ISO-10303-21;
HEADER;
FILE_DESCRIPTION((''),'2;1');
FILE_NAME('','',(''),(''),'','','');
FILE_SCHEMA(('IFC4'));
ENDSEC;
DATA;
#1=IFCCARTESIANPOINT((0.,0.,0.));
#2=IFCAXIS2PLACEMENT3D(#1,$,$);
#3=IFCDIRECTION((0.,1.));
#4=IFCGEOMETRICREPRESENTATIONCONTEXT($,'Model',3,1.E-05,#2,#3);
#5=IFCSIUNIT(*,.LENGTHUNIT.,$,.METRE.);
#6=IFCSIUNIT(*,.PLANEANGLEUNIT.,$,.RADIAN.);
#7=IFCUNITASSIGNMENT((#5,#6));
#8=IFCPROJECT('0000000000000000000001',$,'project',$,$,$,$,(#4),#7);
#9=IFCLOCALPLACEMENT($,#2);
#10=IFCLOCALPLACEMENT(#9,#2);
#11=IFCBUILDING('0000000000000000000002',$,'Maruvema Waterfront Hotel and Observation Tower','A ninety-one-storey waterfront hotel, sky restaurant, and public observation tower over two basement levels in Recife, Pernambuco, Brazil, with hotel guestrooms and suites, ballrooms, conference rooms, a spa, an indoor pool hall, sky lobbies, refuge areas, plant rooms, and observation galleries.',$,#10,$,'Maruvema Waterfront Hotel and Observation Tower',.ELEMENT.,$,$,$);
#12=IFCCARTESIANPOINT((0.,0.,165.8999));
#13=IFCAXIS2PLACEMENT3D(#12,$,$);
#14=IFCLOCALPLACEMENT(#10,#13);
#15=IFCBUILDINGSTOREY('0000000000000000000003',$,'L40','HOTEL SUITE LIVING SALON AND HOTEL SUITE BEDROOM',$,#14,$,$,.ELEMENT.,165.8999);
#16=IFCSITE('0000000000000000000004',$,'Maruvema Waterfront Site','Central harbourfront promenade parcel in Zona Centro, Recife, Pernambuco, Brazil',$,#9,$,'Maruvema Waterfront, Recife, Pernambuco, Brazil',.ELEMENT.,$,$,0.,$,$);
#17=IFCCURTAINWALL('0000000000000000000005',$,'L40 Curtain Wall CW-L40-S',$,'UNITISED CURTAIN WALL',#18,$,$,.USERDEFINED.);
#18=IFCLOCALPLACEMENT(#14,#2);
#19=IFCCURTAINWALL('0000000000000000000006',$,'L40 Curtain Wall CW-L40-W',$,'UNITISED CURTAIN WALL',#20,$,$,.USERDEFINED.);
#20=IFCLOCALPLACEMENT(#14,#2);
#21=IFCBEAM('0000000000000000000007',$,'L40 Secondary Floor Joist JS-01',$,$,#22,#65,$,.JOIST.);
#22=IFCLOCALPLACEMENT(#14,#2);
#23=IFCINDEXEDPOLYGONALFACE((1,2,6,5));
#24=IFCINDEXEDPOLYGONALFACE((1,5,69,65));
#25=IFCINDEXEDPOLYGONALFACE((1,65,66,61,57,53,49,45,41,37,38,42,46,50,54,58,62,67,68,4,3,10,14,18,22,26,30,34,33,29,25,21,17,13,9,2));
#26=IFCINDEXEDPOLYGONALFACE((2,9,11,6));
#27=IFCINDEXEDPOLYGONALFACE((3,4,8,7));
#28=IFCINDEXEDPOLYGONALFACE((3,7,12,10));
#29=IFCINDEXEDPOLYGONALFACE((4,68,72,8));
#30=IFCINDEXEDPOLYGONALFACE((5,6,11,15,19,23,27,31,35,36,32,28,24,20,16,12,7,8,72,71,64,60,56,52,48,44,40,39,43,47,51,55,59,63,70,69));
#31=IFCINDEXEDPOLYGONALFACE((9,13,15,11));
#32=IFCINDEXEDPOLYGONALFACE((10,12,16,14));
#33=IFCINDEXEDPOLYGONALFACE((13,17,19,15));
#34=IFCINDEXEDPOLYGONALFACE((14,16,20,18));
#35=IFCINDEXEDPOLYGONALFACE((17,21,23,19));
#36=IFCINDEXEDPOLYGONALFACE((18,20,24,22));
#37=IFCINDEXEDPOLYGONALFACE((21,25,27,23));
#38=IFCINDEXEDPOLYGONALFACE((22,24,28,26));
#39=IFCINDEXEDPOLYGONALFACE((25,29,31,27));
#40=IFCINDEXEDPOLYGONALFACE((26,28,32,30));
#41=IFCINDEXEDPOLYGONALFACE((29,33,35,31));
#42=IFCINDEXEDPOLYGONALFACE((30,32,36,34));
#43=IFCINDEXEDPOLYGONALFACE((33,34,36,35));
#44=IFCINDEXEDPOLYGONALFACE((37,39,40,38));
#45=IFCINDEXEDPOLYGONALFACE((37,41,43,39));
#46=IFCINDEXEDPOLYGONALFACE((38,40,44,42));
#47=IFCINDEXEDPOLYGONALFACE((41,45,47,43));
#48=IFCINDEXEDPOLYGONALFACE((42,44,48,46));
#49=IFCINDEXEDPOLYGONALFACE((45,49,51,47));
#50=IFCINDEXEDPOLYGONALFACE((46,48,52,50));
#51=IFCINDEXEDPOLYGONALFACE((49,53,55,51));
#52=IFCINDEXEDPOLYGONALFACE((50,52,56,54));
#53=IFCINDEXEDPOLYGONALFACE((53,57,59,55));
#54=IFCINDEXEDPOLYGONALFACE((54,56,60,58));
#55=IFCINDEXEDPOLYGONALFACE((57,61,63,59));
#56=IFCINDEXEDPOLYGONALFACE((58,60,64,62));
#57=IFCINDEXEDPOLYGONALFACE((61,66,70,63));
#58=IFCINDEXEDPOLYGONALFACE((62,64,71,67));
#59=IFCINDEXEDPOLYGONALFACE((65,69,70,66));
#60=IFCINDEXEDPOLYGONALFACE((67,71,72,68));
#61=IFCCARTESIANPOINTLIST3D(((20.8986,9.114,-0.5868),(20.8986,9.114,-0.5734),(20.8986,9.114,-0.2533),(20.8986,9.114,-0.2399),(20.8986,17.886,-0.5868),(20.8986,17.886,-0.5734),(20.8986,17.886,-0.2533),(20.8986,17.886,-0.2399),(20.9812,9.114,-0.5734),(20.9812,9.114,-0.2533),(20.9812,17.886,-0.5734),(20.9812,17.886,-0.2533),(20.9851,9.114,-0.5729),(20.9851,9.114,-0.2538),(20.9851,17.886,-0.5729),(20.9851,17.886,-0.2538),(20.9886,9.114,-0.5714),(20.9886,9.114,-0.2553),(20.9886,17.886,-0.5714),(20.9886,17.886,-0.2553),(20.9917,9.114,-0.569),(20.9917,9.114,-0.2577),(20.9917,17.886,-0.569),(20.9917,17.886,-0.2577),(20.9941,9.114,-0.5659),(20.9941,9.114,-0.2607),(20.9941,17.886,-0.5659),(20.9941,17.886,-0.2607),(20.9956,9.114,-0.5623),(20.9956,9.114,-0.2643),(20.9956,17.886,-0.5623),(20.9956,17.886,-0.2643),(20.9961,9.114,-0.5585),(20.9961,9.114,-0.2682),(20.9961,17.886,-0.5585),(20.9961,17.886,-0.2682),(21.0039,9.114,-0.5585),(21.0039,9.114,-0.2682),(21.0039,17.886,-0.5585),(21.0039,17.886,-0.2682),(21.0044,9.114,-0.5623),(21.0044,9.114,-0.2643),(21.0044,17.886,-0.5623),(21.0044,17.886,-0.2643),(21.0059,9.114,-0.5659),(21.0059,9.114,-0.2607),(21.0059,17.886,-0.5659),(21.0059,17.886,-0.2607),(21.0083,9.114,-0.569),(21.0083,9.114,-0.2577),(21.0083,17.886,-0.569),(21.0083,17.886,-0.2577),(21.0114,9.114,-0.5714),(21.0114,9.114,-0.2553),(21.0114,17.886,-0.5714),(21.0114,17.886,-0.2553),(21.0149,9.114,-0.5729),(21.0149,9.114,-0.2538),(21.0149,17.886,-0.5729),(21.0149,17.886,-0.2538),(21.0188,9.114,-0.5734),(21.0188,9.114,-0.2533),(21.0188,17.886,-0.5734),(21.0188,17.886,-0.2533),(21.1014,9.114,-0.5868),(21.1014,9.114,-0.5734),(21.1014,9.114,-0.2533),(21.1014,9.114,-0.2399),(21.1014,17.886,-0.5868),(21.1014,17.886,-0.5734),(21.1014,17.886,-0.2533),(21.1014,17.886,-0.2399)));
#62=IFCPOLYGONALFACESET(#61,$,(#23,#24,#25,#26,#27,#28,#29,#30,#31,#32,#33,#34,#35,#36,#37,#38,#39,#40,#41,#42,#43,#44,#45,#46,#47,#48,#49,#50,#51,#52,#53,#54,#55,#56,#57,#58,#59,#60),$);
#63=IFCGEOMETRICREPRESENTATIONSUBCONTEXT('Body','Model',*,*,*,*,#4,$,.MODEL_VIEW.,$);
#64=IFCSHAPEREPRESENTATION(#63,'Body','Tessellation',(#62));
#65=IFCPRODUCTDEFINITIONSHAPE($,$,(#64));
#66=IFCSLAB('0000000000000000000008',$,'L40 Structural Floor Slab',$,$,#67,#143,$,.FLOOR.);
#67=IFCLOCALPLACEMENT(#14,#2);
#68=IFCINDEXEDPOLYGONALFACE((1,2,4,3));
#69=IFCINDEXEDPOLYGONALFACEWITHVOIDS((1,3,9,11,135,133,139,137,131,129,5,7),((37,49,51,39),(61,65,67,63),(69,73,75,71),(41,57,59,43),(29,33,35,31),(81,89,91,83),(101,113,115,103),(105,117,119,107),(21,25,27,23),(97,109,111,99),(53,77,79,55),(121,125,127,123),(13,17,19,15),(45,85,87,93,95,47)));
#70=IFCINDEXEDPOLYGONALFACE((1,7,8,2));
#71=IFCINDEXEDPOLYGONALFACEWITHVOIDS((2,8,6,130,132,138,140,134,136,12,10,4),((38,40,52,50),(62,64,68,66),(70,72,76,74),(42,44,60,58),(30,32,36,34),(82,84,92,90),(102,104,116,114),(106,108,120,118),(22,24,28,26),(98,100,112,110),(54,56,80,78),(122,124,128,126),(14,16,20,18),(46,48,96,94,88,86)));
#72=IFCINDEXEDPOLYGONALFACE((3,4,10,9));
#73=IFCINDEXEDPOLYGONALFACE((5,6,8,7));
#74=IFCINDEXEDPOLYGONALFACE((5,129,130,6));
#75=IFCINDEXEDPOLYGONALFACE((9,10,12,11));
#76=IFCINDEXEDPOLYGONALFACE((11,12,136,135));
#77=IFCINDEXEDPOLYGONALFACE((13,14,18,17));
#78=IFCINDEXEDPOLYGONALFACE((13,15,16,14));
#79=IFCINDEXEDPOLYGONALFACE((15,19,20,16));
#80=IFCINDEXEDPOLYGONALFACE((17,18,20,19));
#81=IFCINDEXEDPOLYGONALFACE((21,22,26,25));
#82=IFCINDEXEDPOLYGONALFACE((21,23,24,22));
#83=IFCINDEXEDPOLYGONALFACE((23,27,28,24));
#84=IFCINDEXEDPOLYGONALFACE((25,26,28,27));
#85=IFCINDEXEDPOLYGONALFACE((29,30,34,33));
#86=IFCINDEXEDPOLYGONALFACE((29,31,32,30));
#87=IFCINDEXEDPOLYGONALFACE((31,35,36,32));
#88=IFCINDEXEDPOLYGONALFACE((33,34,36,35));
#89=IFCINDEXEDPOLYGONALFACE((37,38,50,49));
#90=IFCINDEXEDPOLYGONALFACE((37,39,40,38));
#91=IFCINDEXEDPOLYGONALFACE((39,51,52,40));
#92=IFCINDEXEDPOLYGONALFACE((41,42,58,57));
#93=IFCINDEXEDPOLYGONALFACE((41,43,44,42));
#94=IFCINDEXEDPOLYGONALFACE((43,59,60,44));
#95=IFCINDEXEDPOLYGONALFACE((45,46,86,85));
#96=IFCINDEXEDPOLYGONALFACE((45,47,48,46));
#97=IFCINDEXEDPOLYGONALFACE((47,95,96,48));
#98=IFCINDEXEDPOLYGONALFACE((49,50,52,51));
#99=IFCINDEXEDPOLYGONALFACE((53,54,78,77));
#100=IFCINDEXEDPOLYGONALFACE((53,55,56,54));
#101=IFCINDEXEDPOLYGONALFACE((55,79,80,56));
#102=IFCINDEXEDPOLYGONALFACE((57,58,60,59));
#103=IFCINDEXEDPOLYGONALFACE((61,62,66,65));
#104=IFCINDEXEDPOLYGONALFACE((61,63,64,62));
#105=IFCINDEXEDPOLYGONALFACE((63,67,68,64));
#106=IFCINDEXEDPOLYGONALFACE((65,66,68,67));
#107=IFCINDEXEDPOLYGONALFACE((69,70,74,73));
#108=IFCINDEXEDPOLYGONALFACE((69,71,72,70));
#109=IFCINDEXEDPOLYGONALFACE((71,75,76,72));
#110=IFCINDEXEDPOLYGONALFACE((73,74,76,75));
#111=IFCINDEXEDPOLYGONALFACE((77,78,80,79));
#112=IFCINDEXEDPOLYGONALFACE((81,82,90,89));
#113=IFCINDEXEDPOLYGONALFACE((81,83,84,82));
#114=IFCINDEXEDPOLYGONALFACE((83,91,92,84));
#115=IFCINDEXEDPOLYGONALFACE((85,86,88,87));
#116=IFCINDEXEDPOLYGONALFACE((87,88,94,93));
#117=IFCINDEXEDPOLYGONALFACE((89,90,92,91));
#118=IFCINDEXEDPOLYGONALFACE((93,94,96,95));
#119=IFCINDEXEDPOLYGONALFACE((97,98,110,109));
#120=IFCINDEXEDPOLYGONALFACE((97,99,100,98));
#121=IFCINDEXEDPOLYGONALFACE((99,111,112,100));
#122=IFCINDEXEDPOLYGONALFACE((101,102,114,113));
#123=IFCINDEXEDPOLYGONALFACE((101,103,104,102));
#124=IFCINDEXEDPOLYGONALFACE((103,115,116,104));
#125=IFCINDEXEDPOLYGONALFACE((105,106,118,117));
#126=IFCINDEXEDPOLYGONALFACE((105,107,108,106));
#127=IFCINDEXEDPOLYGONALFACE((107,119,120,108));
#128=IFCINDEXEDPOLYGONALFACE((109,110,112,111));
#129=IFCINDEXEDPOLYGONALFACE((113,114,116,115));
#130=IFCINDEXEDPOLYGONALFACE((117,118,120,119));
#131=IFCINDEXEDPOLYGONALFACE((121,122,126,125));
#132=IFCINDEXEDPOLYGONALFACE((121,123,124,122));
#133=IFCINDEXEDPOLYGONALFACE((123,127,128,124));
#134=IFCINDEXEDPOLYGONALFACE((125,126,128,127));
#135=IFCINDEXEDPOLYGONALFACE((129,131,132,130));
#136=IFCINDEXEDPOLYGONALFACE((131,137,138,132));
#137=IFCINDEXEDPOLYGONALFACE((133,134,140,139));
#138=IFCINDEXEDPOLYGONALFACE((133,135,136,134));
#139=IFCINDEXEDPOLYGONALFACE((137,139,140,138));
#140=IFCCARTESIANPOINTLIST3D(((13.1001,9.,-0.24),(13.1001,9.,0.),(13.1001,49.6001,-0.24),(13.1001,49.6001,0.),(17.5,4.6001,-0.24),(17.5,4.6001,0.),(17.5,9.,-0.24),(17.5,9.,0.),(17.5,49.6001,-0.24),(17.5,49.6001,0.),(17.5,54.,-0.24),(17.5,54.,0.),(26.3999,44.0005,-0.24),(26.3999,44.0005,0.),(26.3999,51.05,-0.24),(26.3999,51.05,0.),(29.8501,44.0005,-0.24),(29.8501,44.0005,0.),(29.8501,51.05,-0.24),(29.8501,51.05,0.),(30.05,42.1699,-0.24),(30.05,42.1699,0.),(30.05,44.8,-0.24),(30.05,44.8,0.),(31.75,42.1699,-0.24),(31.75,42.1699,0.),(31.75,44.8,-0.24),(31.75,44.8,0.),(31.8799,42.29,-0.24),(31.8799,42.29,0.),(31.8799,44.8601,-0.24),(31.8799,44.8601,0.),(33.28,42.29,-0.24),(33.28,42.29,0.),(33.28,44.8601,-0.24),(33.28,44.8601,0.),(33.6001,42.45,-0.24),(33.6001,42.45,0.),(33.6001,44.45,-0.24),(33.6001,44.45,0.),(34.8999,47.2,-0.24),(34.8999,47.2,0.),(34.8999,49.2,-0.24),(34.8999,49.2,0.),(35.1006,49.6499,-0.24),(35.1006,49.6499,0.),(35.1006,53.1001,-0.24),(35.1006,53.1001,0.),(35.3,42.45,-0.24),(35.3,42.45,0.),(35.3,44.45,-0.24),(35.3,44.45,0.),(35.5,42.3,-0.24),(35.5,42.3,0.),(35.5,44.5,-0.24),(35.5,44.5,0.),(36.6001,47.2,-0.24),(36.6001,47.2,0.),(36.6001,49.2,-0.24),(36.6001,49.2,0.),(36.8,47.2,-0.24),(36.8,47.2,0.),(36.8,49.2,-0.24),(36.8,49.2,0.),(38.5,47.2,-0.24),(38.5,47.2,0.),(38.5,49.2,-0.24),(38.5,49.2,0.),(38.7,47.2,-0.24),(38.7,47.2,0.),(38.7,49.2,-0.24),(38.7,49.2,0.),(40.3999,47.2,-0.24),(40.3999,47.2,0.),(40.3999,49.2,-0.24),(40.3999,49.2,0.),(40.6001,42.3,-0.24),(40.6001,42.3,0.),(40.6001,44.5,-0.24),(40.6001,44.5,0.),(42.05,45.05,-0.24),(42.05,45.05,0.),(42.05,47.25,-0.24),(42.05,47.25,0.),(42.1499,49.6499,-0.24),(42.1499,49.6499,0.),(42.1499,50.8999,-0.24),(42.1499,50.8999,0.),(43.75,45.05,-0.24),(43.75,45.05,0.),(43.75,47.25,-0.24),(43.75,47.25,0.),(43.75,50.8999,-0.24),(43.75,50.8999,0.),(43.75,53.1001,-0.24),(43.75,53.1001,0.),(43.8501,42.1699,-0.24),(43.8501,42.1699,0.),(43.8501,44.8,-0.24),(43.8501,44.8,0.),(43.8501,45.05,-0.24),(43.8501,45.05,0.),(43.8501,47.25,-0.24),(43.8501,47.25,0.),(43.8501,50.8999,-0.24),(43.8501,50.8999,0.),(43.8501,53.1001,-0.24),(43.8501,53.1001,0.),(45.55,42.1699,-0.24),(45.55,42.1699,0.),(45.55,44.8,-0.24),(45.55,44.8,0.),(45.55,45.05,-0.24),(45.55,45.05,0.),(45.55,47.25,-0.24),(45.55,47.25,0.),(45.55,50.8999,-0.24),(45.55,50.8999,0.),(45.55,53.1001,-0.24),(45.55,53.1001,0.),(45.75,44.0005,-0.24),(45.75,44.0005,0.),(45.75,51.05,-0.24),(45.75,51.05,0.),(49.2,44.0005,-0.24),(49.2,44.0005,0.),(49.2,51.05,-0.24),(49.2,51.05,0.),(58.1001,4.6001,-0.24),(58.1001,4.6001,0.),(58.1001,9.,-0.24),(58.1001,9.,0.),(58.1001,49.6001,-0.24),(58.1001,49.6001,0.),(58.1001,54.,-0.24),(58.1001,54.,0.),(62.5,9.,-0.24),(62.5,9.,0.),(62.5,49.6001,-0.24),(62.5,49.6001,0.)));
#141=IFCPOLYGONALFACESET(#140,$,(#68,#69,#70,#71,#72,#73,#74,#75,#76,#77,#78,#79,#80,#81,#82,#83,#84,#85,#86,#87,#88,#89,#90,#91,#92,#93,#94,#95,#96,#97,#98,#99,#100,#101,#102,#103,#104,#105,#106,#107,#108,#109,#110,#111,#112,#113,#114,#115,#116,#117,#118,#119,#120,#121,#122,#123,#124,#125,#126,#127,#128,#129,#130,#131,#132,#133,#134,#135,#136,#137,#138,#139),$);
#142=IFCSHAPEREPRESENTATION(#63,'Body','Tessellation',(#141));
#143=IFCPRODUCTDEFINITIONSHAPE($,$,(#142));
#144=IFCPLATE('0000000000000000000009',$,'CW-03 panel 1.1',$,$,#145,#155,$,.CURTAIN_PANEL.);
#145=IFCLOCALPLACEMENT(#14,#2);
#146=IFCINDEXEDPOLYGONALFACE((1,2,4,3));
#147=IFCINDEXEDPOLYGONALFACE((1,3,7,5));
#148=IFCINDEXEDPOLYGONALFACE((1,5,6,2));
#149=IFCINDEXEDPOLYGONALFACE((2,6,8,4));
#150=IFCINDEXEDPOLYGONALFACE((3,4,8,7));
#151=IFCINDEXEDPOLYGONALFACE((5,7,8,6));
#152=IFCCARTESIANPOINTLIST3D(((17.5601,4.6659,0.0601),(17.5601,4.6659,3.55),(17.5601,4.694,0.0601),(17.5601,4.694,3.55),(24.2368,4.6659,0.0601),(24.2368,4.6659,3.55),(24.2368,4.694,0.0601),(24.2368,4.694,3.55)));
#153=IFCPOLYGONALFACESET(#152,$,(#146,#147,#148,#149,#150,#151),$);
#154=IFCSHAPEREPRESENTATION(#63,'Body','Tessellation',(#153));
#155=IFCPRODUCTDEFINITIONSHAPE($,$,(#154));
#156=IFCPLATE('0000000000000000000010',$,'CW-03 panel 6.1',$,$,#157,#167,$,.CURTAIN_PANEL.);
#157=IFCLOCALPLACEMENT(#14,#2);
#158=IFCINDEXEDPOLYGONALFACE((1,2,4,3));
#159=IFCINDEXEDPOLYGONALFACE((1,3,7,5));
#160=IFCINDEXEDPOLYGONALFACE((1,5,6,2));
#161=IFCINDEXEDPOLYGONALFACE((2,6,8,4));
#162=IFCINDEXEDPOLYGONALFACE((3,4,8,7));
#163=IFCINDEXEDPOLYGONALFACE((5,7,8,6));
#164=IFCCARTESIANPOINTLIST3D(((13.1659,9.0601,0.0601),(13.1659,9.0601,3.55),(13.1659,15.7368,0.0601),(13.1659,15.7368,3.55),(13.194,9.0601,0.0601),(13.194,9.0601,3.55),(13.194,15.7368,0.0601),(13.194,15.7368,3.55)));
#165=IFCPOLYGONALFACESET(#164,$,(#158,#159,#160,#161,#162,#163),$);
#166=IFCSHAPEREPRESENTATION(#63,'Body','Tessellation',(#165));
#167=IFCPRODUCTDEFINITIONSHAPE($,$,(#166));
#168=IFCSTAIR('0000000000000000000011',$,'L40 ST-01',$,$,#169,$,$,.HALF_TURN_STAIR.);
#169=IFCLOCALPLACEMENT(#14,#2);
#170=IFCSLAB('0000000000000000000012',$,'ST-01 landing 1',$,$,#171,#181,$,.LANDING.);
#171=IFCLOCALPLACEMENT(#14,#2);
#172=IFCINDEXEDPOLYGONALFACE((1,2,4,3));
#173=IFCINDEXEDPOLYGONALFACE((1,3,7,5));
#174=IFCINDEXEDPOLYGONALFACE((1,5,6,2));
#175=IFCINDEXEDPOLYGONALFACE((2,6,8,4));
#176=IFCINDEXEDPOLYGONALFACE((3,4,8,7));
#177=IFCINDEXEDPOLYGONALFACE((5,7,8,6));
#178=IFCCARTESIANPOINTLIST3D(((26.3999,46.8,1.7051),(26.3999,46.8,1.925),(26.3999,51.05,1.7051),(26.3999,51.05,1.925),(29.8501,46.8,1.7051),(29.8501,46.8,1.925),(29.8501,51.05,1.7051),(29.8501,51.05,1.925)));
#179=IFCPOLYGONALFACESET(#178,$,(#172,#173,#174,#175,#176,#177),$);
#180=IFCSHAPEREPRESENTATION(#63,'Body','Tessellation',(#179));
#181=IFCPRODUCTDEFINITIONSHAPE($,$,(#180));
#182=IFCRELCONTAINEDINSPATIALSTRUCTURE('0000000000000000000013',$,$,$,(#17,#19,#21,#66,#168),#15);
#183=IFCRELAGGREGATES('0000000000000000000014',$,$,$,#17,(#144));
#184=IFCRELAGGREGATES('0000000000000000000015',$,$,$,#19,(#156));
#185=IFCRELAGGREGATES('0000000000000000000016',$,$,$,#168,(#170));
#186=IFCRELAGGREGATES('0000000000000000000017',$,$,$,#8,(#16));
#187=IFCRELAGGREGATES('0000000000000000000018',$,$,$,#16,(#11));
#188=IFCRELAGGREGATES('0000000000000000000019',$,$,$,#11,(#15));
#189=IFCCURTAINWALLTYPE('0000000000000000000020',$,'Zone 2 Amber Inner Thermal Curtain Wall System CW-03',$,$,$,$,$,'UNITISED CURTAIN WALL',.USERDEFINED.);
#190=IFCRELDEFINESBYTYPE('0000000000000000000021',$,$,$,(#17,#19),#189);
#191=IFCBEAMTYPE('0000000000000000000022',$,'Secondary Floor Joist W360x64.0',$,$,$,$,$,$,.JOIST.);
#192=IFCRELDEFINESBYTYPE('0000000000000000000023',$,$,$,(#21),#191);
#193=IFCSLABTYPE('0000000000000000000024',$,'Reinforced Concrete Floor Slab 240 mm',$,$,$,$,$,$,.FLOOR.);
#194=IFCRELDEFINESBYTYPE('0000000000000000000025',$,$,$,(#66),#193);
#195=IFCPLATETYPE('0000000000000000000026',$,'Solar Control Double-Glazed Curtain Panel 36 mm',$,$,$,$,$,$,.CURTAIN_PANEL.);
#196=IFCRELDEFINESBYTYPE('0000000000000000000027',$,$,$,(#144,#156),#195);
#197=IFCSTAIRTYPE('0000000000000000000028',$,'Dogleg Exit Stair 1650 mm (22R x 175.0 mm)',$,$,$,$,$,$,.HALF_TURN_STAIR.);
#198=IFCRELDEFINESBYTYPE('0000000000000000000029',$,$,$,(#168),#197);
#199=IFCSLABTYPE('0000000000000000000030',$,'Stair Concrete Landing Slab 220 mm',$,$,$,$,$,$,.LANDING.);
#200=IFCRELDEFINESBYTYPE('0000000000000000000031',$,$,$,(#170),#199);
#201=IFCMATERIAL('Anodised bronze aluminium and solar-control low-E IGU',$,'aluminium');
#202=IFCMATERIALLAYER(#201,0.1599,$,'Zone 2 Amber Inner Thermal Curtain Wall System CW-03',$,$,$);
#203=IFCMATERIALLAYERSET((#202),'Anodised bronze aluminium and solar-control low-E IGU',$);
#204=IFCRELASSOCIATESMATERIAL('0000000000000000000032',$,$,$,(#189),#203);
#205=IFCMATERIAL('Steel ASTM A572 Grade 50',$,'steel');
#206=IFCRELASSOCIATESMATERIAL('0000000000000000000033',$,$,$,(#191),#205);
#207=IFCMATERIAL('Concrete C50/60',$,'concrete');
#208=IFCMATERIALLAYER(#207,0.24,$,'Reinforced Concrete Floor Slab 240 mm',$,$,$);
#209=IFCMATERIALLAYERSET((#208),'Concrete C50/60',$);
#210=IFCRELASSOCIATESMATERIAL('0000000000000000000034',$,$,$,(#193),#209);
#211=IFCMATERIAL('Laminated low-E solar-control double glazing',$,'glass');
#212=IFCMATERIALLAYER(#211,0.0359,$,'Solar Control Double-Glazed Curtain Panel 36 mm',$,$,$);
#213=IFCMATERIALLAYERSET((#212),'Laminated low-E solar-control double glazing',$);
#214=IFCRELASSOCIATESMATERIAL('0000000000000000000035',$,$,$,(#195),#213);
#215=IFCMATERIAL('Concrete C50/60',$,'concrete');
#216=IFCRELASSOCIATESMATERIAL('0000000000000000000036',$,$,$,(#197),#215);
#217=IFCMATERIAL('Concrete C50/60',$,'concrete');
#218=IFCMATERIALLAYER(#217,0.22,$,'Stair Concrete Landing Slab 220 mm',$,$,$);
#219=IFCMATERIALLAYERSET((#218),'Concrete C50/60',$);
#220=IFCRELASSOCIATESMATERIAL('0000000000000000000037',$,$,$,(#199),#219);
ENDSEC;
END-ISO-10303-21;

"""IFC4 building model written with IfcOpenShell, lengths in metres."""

from ifc_helpers import new_model, si_unit, direction, frame, origin, origin_2d, place, context, subcontext, project, spatial, polyline, rectangle, i_section, outline, extrude, material, layer, layer_set, material_profile, profile_set, type_object, element, aggregate, save


model = new_model("IFC4")

# Units and contexts
model_context = context("Model", 3, precision=1e-05, world=origin(), true_north=direction((0.0, 1.0)))
body_context = subcontext(model_context, "Body", "Model", "MODEL_VIEW")
ifc_project = project(units=[si_unit("LENGTHUNIT", "METRE"), si_unit("PLANEANGLEUNIT", "RADIAN")], contexts=[model_context])

# Site, building, storey
site_placement = place(None, origin())
site = spatial("IfcSite", under=ifc_project, at=site_placement, Name="Maruvema Waterfront Site", Description="Central harbourfront promenade parcel in Zona Centro, Recife, Pernambuco, Brazil", LongName="Maruvema Waterfront, Recife, Pernambuco, Brazil", CompositionType="ELEMENT", RefElevation=0.0)
building_placement = place(site_placement, origin())
building = spatial("IfcBuilding", under=site, at=building_placement, Name="Maruvema Waterfront Hotel and Observation Tower", Description="A ninety-one-storey waterfront hotel, sky restaurant, and public observation tower over two basement levels in Recife, Pernambuco, Brazil, with hotel guestrooms and suites, ballrooms, conference rooms, a spa, an indoor pool hall, sky lobbies, refuge areas, plant rooms, and observation galleries.", LongName="Maruvema Waterfront Hotel and Observation Tower", CompositionType="ELEMENT")
storey_placement = place(building_placement, frame((0.0, 0.0, 165.8999)))
storey = spatial("IfcBuildingStorey", under=building, at=storey_placement, Name="L40", Description="HOTEL SUITE LIVING SALON AND HOTEL SUITE BEDROOM", CompositionType="ELEMENT", Elevation=165.8999)

# Curtain walls
ifc_material_1 = material(Name="Anodised bronze aluminium and solar-control low-E IGU", Category="aluminium")
ifc_layer_1 = layer(ifc_material_1, 0.1599, Name="Zone 2 Amber Inner Thermal Curtain Wall System CW-03")
ifc_layer_set_1 = layer_set([ifc_layer_1], Name="Anodised bronze aluminium and solar-control low-E IGU")
curtain_wall_type = type_object("IfcCurtainWallType", Name="Zone 2 Amber Inner Thermal Curtain Wall System CW-03", ElementType="UNITISED CURTAIN WALL", PredefinedType="USERDEFINED", material=ifc_layer_set_1)
curtain_wall_1_placement = place(storey_placement, origin())
curtain_wall_1 = element("IfcCurtainWall", 1, at=curtain_wall_1_placement, inside=storey, type_object=curtain_wall_type, Name="L40 Curtain Wall CW-L40-S", ObjectType="UNITISED CURTAIN WALL", PredefinedType="USERDEFINED")
curtain_wall_2_placement = place(storey_placement, origin())
curtain_wall_2 = element("IfcCurtainWall", 2, at=curtain_wall_2_placement, inside=storey, type_object=curtain_wall_type, Name="L40 Curtain Wall CW-L40-W", ObjectType="UNITISED CURTAIN WALL", PredefinedType="USERDEFINED")

# Beam
ifc_material_2 = material(Name="Steel ASTM A572 Grade 50", Category="steel")
ifc_material_profile_1 = material_profile(ifc_material_2, i_section(OverallWidth=0.2029, OverallDepth=0.3469, WebThickness=0.0078, FlangeThickness=0.0134, FilletRadius=0.0149, at=origin_2d()), Name="W360x64.0")
ifc_profile_set_1 = profile_set([ifc_material_profile_1], Name="Steel ASTM A572 Grade 50")
beam_type_1 = type_object("IfcBeamType", Name="Secondary Floor Joist W360x64.0", PredefinedType="JOIST", material=ifc_profile_set_1)
beam_1_placement = place(storey_placement, frame((21.0, 9.114, -0.4133), z_axis=(0.0, 1.0, 0.0), x_axis=(-1.0, 0.0, 0.0)))
element("IfcBeam", 3, at=beam_1_placement, inside=storey, type_object=beam_type_1, Name="L40 Secondary Floor Joist JS-01", PredefinedType="JOIST", context=body_context, shape_type="SweptSolid", body=[
    extrude(i_section(OverallWidth=0.2029, OverallDepth=0.3469, WebThickness=0.0078, FlangeThickness=0.0134, FilletRadius=0.0149, at=origin_2d()), origin(), (0.0, 0.0, 1.0), 8.772),
])

# Slab
ifc_material_3 = material(Name="Concrete C50/60", Category="concrete")
ifc_layer_2 = layer(ifc_material_3, 0.24, Name="Reinforced Concrete Floor Slab 240 mm")
ifc_layer_set_2 = layer_set([ifc_layer_2], Name="Concrete C50/60")
slab_type_1 = type_object("IfcSlabType", Name="Reinforced Concrete Floor Slab 240 mm", PredefinedType="FLOOR", material=ifc_layer_set_2)
slab_1_placement = place(storey_placement, frame((0.0, 0.0, -0.24)))
element("IfcSlab", 4, at=slab_1_placement, inside=storey, type_object=slab_type_1, Name="L40 Structural Floor Slab", PredefinedType="FLOOR", context=body_context, shape_type="SweptSolid", body=[
    extrude(outline(polyline([(17.5, 4.6001), (58.1001, 4.6001), (58.1001, 9.0), (62.5, 9.0), (62.5, 49.6001), (58.1001, 49.6001), (58.1001, 54.0), (17.5, 54.0), (17.5, 49.6001), (13.1001, 49.6001), (13.1001, 9.0), (17.5, 9.0), (17.5, 4.6001)]), holes=[polyline([(26.3999, 44.0005), (26.3999, 51.05), (29.8501, 51.05), (29.8501, 44.0005), (26.3999, 44.0005)]), polyline([(30.05, 44.8), (31.75, 44.8), (31.75, 42.1699), (30.05, 42.1699), (30.05, 44.8)]), polyline([(31.8799, 44.8601), (33.28, 44.8601), (33.28, 42.29), (31.8799, 42.29), (31.8799, 44.8601)]), polyline([(33.6001, 44.45), (35.3, 44.45), (35.3, 42.45), (33.6001, 42.45), (33.6001, 44.45)]), polyline([(34.8999, 49.2), (36.6001, 49.2), (36.6001, 47.2), (34.8999, 47.2), (34.8999, 49.2)]), polyline([(36.8, 49.2), (38.5, 49.2), (38.5, 47.2), (36.8, 47.2), (36.8, 49.2)]), polyline([(35.5, 42.3), (35.5, 44.5), (40.6001, 44.5), (40.6001, 42.3), (35.5, 42.3)]), polyline([(35.1006, 53.1001), (43.75, 53.1001), (43.75, 50.8999), (42.1499, 50.8999), (42.1499, 49.6499), (35.1006, 49.6499), (35.1006, 53.1001)]), polyline([(38.7, 49.2), (40.3999, 49.2), (40.3999, 47.2), (38.7, 47.2), (38.7, 49.2)]), polyline([(42.05, 47.25), (43.75, 47.25), (43.75, 45.05), (42.05, 45.05), (42.05, 47.25)]), polyline([(43.8501, 44.8), (45.55, 44.8), (45.55, 42.1699), (43.8501, 42.1699), (43.8501, 44.8)]), polyline([(43.8501, 47.25), (45.55, 47.25), (45.55, 45.05), (43.8501, 45.05), (43.8501, 47.25)]), polyline([(45.55, 53.1001), (45.55, 50.8999), (43.8501, 50.8999), (43.8501, 53.1001), (45.55, 53.1001)]), polyline([(45.75, 44.0005), (45.75, 51.05), (49.2, 51.05), (49.2, 44.0005), (45.75, 44.0005)])]), origin(), (0.0, 0.0, 1.0), 0.24),
])

# Plates
ifc_material_4 = material(Name="Laminated low-E solar-control double glazing", Category="glass")
ifc_layer_3 = layer(ifc_material_4, 0.0359, Name="Solar Control Double-Glazed Curtain Panel 36 mm")
ifc_layer_set_3 = layer_set([ifc_layer_3], Name="Laminated low-E solar-control double glazing")
plate_type = type_object("IfcPlateType", Name="Solar Control Double-Glazed Curtain Panel 36 mm", PredefinedType="CURTAIN_PANEL", material=ifc_layer_set_3)
plate_1_placement = place(storey_placement, frame((20.8984, 4.6799, 0.0601), z_axis=(0.0, 0.0, 1.0), x_axis=(1.0, 0.0, 0.0)))
plate_1 = element("IfcPlate", 5, at=plate_1_placement, type_object=plate_type, Name="CW-03 panel 1.1", PredefinedType="CURTAIN_PANEL", context=body_context, shape_type="SweptSolid", body=[
    extrude(rectangle(XDim=6.6768, YDim=0.0281, at=origin_2d()), origin(), (0.0, 0.0, 1.0), 3.49),
])
aggregate(curtain_wall_1, [plate_1])
plate_2_placement = place(storey_placement, frame((13.1799, 12.3984, 0.0601), z_axis=(0.0, 0.0, 1.0), x_axis=(0.0, -1.0, 0.0)))
plate_2 = element("IfcPlate", 6, at=plate_2_placement, type_object=plate_type, Name="CW-03 panel 6.1", PredefinedType="CURTAIN_PANEL", context=body_context, shape_type="SweptSolid", body=[
    extrude(rectangle(XDim=6.6768, YDim=0.0281, at=origin_2d()), origin(), (0.0, 0.0, 1.0), 3.49),
])
aggregate(curtain_wall_2, [plate_2])

# Stair, slab
ifc_material_5 = material(Name="Concrete C50/60", Category="concrete")
stair_type = type_object("IfcStairType", Name="Dogleg Exit Stair 1650 mm (22R x 175.0 mm)", PredefinedType="HALF_TURN_STAIR", material=ifc_material_5)
stair_1_placement = place(storey_placement, origin())
stair_1 = element("IfcStair", 7, at=stair_1_placement, inside=storey, type_object=stair_type, Name="L40 ST-01", PredefinedType="HALF_TURN_STAIR")
ifc_material_6 = material(Name="Concrete C50/60", Category="concrete")
ifc_layer_4 = layer(ifc_material_6, 0.22, Name="Stair Concrete Landing Slab 220 mm")
ifc_layer_set_4 = layer_set([ifc_layer_4], Name="Concrete C50/60")
slab_type_2 = type_object("IfcSlabType", Name="Stair Concrete Landing Slab 220 mm", PredefinedType="LANDING", material=ifc_layer_set_4)
slab_2_placement = place(storey_placement, frame((0.0, 0.0, 1.7051)))
slab_2 = element("IfcSlab", 8, at=slab_2_placement, type_object=slab_type_2, Name="ST-01 landing 1", PredefinedType="LANDING", context=body_context, shape_type="SweptSolid", body=[
    extrude(outline(polyline([(29.8501, 46.8), (29.8501, 51.05), (26.3999, 51.05), (26.3999, 46.8), (29.8501, 46.8)])), origin(), (0.0, 0.0, 1.0), 0.22),
])
aggregate(stair_1, [slab_2])

save(model, "model.ifc")
